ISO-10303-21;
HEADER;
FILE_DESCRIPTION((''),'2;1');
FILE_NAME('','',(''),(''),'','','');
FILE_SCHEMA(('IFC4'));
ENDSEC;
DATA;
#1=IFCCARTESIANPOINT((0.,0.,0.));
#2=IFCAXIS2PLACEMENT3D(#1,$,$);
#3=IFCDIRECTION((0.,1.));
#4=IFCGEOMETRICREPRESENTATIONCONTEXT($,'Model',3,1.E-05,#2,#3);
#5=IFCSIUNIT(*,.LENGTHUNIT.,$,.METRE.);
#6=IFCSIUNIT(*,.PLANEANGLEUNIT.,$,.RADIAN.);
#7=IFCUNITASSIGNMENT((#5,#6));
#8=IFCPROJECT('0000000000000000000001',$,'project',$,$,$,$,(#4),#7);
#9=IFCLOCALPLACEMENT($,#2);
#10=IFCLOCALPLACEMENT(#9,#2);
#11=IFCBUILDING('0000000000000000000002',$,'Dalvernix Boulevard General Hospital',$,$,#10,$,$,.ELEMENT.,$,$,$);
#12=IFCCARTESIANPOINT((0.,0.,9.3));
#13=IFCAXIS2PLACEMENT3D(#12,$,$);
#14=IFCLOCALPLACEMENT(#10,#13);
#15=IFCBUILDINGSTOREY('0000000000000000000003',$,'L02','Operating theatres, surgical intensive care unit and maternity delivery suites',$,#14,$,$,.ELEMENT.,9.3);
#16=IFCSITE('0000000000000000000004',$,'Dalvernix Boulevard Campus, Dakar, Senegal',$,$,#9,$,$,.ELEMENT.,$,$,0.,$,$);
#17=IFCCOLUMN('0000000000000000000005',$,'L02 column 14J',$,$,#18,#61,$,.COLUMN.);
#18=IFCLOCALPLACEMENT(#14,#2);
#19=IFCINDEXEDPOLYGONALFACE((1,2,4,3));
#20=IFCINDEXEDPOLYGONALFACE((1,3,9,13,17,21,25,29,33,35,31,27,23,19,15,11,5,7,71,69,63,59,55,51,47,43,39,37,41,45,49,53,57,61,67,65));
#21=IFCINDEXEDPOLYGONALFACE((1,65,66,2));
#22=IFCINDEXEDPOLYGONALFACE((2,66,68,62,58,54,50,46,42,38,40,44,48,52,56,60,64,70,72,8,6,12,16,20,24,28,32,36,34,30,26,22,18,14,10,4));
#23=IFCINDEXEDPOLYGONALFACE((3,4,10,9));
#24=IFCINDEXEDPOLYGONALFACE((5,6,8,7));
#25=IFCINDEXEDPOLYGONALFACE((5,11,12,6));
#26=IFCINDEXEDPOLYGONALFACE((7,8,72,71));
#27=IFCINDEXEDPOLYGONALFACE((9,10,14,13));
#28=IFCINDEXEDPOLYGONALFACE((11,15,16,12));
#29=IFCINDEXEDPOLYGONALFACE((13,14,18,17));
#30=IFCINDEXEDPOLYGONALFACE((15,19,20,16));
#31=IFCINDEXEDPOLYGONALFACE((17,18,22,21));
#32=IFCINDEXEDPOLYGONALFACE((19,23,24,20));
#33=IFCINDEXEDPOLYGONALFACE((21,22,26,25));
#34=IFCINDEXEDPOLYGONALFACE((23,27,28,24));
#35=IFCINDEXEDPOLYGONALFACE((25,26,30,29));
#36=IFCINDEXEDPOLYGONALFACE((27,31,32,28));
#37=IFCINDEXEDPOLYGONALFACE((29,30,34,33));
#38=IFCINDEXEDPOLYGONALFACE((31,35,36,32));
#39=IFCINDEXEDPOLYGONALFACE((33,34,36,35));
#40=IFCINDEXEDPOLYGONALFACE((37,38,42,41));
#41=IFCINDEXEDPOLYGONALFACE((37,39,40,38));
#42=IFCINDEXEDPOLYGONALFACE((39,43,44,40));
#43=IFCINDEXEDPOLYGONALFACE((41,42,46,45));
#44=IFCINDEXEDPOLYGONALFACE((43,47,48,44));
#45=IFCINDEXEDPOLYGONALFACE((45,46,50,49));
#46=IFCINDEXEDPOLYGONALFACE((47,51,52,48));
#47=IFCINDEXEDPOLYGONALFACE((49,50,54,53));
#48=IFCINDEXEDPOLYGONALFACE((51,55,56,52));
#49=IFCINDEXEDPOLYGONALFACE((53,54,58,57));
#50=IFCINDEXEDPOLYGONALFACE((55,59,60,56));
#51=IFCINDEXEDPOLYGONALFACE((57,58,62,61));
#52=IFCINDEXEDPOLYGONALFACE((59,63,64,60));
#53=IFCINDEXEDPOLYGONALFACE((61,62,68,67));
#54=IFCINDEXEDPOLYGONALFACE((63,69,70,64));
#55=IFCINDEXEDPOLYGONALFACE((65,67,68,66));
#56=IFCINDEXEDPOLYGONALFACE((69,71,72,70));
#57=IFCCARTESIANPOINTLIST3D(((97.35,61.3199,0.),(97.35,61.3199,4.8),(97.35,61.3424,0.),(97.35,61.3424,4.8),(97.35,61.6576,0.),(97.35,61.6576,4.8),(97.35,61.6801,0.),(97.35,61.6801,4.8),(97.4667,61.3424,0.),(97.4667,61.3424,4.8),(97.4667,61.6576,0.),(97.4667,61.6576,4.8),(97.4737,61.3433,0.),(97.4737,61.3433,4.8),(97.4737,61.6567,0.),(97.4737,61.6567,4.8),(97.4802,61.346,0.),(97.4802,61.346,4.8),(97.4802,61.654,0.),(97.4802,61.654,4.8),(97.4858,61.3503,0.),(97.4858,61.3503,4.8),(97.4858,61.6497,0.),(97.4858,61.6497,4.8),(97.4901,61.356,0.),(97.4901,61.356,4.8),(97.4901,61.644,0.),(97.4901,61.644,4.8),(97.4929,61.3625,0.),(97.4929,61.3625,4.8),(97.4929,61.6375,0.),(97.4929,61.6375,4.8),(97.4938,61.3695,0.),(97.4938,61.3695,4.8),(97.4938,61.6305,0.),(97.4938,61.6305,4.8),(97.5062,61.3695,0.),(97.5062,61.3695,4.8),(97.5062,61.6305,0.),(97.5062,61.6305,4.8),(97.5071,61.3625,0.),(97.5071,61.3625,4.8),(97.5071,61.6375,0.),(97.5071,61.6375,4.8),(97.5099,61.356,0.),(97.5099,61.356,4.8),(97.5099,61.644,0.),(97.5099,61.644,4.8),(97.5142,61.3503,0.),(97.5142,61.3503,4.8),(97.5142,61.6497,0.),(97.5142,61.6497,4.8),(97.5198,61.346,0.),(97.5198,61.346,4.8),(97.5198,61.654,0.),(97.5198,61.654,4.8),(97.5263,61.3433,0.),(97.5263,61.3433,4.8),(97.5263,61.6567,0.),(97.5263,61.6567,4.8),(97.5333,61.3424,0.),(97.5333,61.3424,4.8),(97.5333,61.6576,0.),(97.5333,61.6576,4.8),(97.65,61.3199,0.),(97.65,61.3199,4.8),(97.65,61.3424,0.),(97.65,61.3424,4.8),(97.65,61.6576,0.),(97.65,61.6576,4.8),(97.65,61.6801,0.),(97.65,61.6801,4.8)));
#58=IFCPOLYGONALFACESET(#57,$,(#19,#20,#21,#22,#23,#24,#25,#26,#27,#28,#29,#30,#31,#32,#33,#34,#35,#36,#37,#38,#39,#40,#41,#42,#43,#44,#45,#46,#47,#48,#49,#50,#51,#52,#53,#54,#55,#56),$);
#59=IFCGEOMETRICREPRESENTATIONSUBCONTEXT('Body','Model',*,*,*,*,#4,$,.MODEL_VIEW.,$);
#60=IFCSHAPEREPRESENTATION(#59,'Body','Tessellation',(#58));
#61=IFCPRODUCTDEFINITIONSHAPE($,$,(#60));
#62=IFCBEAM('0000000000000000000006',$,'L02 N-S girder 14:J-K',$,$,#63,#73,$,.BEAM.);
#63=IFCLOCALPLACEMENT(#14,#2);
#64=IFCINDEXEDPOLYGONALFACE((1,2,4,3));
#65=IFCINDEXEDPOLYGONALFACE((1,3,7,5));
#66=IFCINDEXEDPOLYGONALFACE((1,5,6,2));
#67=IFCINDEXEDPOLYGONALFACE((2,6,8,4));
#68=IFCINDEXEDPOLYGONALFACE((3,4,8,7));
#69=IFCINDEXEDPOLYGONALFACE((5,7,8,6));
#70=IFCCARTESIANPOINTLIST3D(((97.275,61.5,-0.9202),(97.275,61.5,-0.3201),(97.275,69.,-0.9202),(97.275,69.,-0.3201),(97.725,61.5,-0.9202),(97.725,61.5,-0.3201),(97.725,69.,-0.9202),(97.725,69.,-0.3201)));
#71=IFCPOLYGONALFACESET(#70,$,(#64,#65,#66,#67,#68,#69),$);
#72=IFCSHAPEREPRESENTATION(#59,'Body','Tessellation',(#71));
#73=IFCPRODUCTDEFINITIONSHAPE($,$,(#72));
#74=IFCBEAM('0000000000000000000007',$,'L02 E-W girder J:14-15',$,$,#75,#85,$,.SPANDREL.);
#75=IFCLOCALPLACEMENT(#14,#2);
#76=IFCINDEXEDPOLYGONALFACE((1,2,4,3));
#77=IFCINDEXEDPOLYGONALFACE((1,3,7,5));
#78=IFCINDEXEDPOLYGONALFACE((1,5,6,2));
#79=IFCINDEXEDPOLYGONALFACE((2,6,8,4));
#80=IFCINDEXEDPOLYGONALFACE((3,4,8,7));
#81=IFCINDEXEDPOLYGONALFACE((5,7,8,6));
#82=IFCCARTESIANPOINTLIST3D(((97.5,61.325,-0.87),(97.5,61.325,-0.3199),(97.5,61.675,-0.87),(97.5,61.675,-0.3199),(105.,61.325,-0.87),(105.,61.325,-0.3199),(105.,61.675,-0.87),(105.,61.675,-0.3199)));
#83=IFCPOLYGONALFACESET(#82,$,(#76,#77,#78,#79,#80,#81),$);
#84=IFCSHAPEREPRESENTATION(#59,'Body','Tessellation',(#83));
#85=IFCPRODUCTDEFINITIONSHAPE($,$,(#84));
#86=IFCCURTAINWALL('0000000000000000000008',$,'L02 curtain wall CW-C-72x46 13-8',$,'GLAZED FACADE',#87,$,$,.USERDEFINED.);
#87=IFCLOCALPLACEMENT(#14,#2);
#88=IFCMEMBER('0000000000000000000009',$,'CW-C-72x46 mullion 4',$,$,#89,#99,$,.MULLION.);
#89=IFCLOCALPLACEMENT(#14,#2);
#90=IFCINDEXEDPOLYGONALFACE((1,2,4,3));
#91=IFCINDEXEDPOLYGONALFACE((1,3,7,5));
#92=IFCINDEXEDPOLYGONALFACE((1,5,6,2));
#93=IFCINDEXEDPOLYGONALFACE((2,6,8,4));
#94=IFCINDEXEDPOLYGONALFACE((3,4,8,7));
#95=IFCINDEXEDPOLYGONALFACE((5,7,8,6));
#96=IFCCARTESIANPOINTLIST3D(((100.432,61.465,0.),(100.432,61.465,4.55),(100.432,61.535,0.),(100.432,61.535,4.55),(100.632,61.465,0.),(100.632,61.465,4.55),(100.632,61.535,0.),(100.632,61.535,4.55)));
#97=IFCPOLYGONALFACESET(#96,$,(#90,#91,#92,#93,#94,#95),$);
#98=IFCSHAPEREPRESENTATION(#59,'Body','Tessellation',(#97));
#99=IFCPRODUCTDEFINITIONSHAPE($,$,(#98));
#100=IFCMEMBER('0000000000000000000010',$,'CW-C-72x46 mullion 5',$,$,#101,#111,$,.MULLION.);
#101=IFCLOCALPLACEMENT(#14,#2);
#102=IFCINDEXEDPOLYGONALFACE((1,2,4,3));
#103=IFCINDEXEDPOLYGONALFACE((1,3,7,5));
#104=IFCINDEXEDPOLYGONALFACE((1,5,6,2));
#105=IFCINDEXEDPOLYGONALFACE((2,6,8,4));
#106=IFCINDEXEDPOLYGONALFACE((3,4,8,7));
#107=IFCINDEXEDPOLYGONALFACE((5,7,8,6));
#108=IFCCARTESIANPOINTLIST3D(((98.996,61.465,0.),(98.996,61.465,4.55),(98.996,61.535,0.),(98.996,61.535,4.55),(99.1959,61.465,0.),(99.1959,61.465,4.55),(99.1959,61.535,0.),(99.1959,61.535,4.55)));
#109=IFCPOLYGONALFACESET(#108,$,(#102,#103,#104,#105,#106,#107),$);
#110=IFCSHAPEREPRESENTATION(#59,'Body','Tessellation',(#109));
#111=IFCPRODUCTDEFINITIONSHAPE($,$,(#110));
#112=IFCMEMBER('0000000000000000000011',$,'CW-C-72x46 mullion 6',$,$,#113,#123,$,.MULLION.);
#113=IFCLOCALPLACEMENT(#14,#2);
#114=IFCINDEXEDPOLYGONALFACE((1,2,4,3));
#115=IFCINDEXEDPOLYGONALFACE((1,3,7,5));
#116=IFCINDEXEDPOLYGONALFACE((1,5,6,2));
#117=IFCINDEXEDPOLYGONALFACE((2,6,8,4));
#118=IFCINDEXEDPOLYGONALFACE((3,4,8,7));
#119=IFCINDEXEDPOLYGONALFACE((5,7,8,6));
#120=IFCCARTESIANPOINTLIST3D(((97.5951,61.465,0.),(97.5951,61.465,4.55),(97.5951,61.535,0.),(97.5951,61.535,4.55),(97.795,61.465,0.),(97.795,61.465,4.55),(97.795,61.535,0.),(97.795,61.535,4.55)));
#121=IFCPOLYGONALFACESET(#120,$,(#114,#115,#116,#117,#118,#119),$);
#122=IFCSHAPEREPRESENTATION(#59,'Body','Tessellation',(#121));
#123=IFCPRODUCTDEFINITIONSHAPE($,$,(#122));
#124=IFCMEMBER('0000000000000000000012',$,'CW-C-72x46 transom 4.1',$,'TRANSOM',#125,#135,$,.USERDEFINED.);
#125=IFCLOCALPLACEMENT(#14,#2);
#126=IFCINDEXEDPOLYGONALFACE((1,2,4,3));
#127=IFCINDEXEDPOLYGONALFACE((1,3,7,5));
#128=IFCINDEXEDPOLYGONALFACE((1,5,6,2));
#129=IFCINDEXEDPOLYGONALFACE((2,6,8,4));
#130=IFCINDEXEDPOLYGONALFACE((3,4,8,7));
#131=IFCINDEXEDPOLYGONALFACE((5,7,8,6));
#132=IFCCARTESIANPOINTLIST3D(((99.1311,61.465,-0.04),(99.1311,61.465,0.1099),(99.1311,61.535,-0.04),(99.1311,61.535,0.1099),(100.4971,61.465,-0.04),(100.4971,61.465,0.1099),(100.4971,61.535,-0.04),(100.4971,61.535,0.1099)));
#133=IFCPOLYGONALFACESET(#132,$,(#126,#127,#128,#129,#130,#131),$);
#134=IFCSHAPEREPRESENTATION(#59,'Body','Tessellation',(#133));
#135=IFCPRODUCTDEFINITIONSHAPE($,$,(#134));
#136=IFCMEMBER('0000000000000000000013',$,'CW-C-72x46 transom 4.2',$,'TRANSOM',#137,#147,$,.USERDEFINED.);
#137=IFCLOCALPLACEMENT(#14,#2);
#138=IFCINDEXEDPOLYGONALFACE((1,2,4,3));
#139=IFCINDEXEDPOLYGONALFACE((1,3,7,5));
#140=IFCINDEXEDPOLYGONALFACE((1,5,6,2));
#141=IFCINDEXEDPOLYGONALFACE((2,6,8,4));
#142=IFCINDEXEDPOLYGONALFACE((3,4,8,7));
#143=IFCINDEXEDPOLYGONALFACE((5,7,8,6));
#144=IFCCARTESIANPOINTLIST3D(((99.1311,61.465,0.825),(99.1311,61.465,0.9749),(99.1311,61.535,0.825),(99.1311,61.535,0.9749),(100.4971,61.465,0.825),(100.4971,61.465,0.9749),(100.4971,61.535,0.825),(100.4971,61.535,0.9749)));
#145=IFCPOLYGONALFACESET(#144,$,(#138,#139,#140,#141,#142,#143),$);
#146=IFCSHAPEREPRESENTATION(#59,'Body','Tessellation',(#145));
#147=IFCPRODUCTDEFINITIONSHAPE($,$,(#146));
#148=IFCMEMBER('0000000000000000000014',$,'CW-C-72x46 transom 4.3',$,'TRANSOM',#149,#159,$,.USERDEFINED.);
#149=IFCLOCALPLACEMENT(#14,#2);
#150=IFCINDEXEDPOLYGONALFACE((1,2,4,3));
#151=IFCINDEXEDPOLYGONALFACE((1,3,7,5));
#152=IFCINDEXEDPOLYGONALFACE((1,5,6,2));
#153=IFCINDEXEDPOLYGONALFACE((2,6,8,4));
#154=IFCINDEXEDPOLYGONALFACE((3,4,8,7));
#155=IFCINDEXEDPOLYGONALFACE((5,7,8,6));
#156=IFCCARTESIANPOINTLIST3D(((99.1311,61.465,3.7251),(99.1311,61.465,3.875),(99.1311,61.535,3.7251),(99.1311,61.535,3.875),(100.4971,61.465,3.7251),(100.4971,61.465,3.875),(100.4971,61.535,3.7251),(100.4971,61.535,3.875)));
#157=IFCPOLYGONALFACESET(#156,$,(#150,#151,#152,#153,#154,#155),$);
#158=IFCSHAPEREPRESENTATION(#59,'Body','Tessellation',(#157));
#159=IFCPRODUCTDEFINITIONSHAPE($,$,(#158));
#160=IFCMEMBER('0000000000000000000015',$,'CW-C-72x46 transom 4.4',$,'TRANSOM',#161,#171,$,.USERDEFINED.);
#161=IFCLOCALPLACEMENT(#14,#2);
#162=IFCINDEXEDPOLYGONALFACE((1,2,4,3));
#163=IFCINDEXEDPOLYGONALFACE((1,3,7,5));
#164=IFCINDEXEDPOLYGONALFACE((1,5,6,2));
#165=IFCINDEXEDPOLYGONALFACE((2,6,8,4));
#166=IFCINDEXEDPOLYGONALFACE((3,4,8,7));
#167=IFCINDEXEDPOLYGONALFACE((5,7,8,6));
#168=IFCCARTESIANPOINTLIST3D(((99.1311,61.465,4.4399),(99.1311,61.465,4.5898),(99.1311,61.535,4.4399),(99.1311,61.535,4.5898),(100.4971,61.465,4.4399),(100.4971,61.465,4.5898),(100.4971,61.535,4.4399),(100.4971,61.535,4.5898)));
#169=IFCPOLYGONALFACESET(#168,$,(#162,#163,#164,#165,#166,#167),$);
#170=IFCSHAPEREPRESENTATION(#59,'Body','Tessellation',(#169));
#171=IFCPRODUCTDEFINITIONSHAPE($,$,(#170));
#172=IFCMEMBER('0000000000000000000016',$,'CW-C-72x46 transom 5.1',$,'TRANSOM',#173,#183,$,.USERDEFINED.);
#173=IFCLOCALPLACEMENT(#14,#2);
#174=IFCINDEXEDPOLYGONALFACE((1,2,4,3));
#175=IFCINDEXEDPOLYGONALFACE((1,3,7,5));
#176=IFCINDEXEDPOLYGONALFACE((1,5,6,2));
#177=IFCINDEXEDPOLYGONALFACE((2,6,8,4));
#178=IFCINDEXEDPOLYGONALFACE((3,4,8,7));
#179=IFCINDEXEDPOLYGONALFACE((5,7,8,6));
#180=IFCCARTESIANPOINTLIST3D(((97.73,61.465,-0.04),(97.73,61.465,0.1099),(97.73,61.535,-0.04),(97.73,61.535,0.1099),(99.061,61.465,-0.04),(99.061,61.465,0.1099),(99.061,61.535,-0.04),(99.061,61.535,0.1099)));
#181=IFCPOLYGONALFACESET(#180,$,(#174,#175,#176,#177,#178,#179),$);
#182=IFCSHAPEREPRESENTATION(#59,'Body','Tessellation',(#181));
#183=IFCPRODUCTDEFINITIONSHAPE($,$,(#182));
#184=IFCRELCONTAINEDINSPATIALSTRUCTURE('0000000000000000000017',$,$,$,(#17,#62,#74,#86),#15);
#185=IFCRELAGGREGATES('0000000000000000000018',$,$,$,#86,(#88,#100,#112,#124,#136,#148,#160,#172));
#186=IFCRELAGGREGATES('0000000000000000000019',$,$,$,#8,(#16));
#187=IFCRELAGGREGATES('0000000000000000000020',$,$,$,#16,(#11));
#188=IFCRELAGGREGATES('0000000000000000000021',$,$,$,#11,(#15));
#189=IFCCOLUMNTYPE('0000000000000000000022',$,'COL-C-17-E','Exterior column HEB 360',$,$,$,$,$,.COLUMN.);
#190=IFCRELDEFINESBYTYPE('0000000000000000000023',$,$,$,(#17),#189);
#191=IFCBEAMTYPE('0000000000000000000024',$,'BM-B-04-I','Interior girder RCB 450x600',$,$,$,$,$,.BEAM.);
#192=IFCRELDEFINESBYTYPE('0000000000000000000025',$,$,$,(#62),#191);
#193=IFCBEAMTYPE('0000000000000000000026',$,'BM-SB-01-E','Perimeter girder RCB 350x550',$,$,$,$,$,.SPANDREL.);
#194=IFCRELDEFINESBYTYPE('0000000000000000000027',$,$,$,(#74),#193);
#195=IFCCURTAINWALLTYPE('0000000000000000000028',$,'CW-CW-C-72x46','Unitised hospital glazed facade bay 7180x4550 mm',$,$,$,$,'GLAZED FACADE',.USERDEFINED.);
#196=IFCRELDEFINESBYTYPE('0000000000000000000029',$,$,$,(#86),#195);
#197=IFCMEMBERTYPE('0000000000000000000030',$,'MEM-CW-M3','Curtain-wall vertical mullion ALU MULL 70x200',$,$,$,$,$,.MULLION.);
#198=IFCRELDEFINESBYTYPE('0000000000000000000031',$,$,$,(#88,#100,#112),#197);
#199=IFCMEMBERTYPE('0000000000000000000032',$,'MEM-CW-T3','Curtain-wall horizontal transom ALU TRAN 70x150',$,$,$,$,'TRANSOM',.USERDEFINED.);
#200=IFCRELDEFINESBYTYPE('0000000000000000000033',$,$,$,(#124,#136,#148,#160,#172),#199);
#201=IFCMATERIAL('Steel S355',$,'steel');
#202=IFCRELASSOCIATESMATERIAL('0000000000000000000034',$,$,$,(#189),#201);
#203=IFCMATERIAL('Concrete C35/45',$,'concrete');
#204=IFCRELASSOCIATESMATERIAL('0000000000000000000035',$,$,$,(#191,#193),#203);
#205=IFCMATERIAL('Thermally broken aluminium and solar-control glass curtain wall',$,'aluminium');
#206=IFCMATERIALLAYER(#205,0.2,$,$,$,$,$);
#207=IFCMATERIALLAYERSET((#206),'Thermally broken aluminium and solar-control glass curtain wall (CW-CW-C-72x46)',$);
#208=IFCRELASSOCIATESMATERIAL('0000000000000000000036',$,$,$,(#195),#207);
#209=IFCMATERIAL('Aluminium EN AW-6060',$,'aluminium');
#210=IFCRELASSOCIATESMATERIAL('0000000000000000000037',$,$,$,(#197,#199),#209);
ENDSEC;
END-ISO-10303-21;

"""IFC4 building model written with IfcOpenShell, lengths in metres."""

from ifc_helpers import new_model, si_unit, direction, frame, origin, origin_2d, place, context, subcontext, project, spatial, rectangle, i_section, extrude, material, layer, layer_set, material_profile, profile_set, type_object, element, aggregate, save


model = new_model("IFC4")

# Units and contexts
model_context = context("Model", 3, precision=1e-05, world=origin(), true_north=direction((0.0, 1.0)))
body_context = subcontext(model_context, "Body", "Model", "MODEL_VIEW")
ifc_project = project(units=[si_unit("LENGTHUNIT", "METRE"), si_unit("PLANEANGLEUNIT", "RADIAN")], contexts=[model_context])

# Site, building, storey
site_placement = place(None, origin())
site = spatial("IfcSite", under=ifc_project, at=site_placement, Name="Dalvernix Boulevard Campus, Dakar, Senegal", CompositionType="ELEMENT", RefElevation=0.0)
building_placement = place(site_placement, origin())
building = spatial("IfcBuilding", under=site, at=building_placement, Name="Dalvernix Boulevard General Hospital", CompositionType="ELEMENT")
storey_placement = place(building_placement, frame((0.0, 0.0, 9.3)))
storey = spatial("IfcBuildingStorey", under=building, at=storey_placement, Name="L02", Description="Operating theatres, surgical intensive care unit and maternity delivery suites", CompositionType="ELEMENT", Elevation=9.3)

# Column
ifc_material_1 = material(Name="Steel S355", Category="steel")
ifc_material_profile_1 = material_profile(ifc_material_1, i_section(OverallWidth=0.3, OverallDepth=0.3601, WebThickness=0.0125, FlangeThickness=0.0225, FilletRadius=0.0271, at=origin_2d()), Name="HEB 360")
ifc_profile_set_1 = profile_set([ifc_material_profile_1], Name="Steel S355")
column_type = type_object("IfcColumnType", Name="COL-C-17-E", Description="Exterior column HEB 360", PredefinedType="COLUMN", material=ifc_profile_set_1)
column_placement = place(storey_placement, frame((97.5, 61.5, 0.0), z_axis=(0.0, 0.0, 1.0), x_axis=(1.0, 0.0, 0.0)))
element("IfcColumn", 1, at=column_placement, inside=storey, type_object=column_type, Name="L02 column 14J", PredefinedType="COLUMN", context=body_context, shape_type="SweptSolid", body=[
    extrude(i_section(OverallWidth=0.3, OverallDepth=0.3601, WebThickness=0.0125, FlangeThickness=0.0225, FilletRadius=0.0271, at=origin_2d()), origin(), (0.0, 0.0, 1.0), 4.8),
])

# Beams
ifc_material_2 = material(Name="Concrete C35/45", Category="concrete")
ifc_material_profile_2 = material_profile(ifc_material_2, rectangle(XDim=0.45, YDim=0.6001, at=origin_2d()), Name="RCB 450x600")
ifc_profile_set_2 = profile_set([ifc_material_profile_2], Name="Concrete C35/45")
beam_type_1 = type_object("IfcBeamType", Name="BM-B-04-I", Description="Interior girder RCB 450x600", PredefinedType="BEAM", material=ifc_profile_set_2)
beam_1_placement = place(storey_placement, frame((97.5, 61.5, -0.6201), z_axis=(0.0, 1.0, 0.0), x_axis=(-1.0, 0.0, 0.0)))
element("IfcBeam", 2, at=beam_1_placement, inside=storey, type_object=beam_type_1, Name="L02 N-S girder 14:J-K", PredefinedType="BEAM", context=body_context, shape_type="SweptSolid", body=[
    extrude(rectangle(XDim=0.45, YDim=0.6001, at=origin_2d()), origin(), (0.0, 0.0, 1.0), 7.5),
])
ifc_material_profile_3 = material_profile(ifc_material_2, rectangle(XDim=0.3501, YDim=0.55, at=origin_2d()), Name="RCB 350x550")
ifc_profile_set_3 = profile_set([ifc_material_profile_3], Name="Concrete C35/45")
beam_type_2 = type_object("IfcBeamType", Name="BM-SB-01-E", Description="Perimeter girder RCB 350x550", PredefinedType="SPANDREL", material=ifc_profile_set_3)
beam_2_placement = place(storey_placement, frame((97.5, 61.5, -0.595), z_axis=(1.0, 0.0, 0.0), x_axis=(0.0, 1.0, 0.0)))
element("IfcBeam", 3, at=beam_2_placement, inside=storey, type_object=beam_type_2, Name="L02 E-W girder J:14-15", PredefinedType="SPANDREL", context=body_context, shape_type="SweptSolid", body=[
    extrude(rectangle(XDim=0.3501, YDim=0.55, at=origin_2d()), origin(), (0.0, 0.0, 1.0), 7.5),
])

# Curtain wall, members
ifc_material_3 = material(Name="Thermally broken aluminium and solar-control glass curtain wall", Category="aluminium")
ifc_layer_1 = layer(ifc_material_3, 0.2)
ifc_layer_set_1 = layer_set([ifc_layer_1], Name="Thermally broken aluminium and solar-control glass curtain wall (CW-CW-C-72x46)")
curtain_wall_type = type_object("IfcCurtainWallType", Name="CW-CW-C-72x46", Description="Unitised hospital glazed facade bay 7180x4550 mm", ElementType="GLAZED FACADE", PredefinedType="USERDEFINED", material=ifc_layer_set_1)
curtain_wall_placement = place(storey_placement, origin())
curtain_wall = element("IfcCurtainWall", 4, at=curtain_wall_placement, inside=storey, type_object=curtain_wall_type, Name="L02 curtain wall CW-C-72x46 13-8", ObjectType="GLAZED FACADE", PredefinedType="USERDEFINED")
ifc_material_4 = material(Name="Aluminium EN AW-6060", Category="aluminium")
ifc_material_profile_4 = material_profile(ifc_material_4, rectangle(XDim=0.0701, YDim=0.2, at=origin_2d()), Name="ALU MULL 70x200")
ifc_profile_set_4 = profile_set([ifc_material_profile_4], Name="Aluminium EN AW-6060")
member_type_1 = type_object("IfcMemberType", Name="MEM-CW-M3", Description="Curtain-wall vertical mullion ALU MULL 70x200", PredefinedType="MULLION", material=ifc_profile_set_4)
member_1_placement = place(storey_placement, frame((100.532, 61.5, 0.0), z_axis=(0.0, 0.0, 1.0), x_axis=(0.0, -1.0, 0.0)))
member_1 = element("IfcMember", 5, at=member_1_placement, type_object=member_type_1, Name="CW-C-72x46 mullion 4", PredefinedType="MULLION", context=body_context, shape_type="SweptSolid", body=[
    extrude(rectangle(XDim=0.0701, YDim=0.2, at=origin_2d()), origin(), (0.0, 0.0, 1.0), 4.55),
])
member_2_placement = place(storey_placement, frame((99.0959, 61.5, 0.0), z_axis=(0.0, 0.0, 1.0), x_axis=(0.0, -1.0, 0.0)))
member_2 = element("IfcMember", 6, at=member_2_placement, type_object=member_type_1, Name="CW-C-72x46 mullion 5", PredefinedType="MULLION", context=body_context, shape_type="SweptSolid", body=[
    extrude(rectangle(XDim=0.0701, YDim=0.2, at=origin_2d()), origin(), (0.0, 0.0, 1.0), 4.55),
])
member_3_placement = place(storey_placement, frame((97.6951, 61.5, 0.0), z_axis=(0.0, 0.0, 1.0), x_axis=(0.0, -1.0, 0.0)))
member_3 = element("IfcMember", 7, at=member_3_placement, type_object=member_type_1, Name="CW-C-72x46 mullion 6", PredefinedType="MULLION", context=body_context, shape_type="SweptSolid", body=[
    extrude(rectangle(XDim=0.0701, YDim=0.2, at=origin_2d()), origin(), (0.0, 0.0, 1.0), 4.55),
])
ifc_material_profile_5 = material_profile(ifc_material_4, rectangle(XDim=0.0701, YDim=0.1499, at=origin_2d()), Name="ALU TRAN 70x150")
ifc_profile_set_5 = profile_set([ifc_material_profile_5], Name="Aluminium EN AW-6060")
member_type_2 = type_object("IfcMemberType", Name="MEM-CW-T3", Description="Curtain-wall horizontal transom ALU TRAN 70x150", ElementType="TRANSOM", PredefinedType="USERDEFINED", material=ifc_profile_set_5)
member_4_placement = place(storey_placement, frame((100.4971, 61.5, 0.0349), z_axis=(-1.0, 0.0, 0.0), x_axis=(0.0, -1.0, 0.0)))
member_4 = element("IfcMember", 8, at=member_4_placement, type_object=member_type_2, Name="CW-C-72x46 transom 4.1", ObjectType="TRANSOM", PredefinedType="USERDEFINED", context=body_context, shape_type="SweptSolid", body=[
    extrude(rectangle(XDim=0.0701, YDim=0.1499, at=origin_2d()), origin(), (0.0, 0.0, 1.0), 1.366),
])
member_5_placement = place(storey_placement, frame((100.4971, 61.5, 0.8999), z_axis=(-1.0, 0.0, 0.0), x_axis=(0.0, -1.0, 0.0)))
member_5 = element("IfcMember", 9, at=member_5_placement, type_object=member_type_2, Name="CW-C-72x46 transom 4.2", ObjectType="TRANSOM", PredefinedType="USERDEFINED", context=body_context, shape_type="SweptSolid", body=[
    extrude(rectangle(XDim=0.0701, YDim=0.1499, at=origin_2d()), origin(), (0.0, 0.0, 1.0), 1.366),
])
member_6_placement = place(storey_placement, frame((100.4971, 61.5, 3.8), z_axis=(-1.0, 0.0, 0.0), x_axis=(0.0, -1.0, 0.0)))
member_6 = element("IfcMember", 10, at=member_6_placement, type_object=member_type_2, Name="CW-C-72x46 transom 4.3", ObjectType="TRANSOM", PredefinedType="USERDEFINED", context=body_context, shape_type="SweptSolid", body=[
    extrude(rectangle(XDim=0.0701, YDim=0.1499, at=origin_2d()), origin(), (0.0, 0.0, 1.0), 1.366),
])
member_7_placement = place(storey_placement, frame((100.4971, 61.5, 4.5149), z_axis=(-1.0, 0.0, 0.0), x_axis=(0.0, -1.0, 0.0)))
member_7 = element("IfcMember", 11, at=member_7_placement, type_object=member_type_2, Name="CW-C-72x46 transom 4.4", ObjectType="TRANSOM", PredefinedType="USERDEFINED", context=body_context, shape_type="SweptSolid", body=[
    extrude(rectangle(XDim=0.0701, YDim=0.1499, at=origin_2d()), origin(), (0.0, 0.0, 1.0), 1.366),
])
member_8_placement = place(storey_placement, frame((99.061, 61.5, 0.0349), z_axis=(-1.0, 0.0, 0.0), x_axis=(0.0, -1.0, 0.0)))
member_8 = element("IfcMember", 12, at=member_8_placement, type_object=member_type_2, Name="CW-C-72x46 transom 5.1", ObjectType="TRANSOM", PredefinedType="USERDEFINED", context=body_context, shape_type="SweptSolid", body=[
    extrude(rectangle(XDim=0.0701, YDim=0.1499, at=origin_2d()), origin(), (0.0, 0.0, 1.0), 1.3311),
])
aggregate(curtain_wall, [member_1, member_2, member_3, member_4, member_5, member_6, member_7, member_8])

save(model, "model.ifc")
